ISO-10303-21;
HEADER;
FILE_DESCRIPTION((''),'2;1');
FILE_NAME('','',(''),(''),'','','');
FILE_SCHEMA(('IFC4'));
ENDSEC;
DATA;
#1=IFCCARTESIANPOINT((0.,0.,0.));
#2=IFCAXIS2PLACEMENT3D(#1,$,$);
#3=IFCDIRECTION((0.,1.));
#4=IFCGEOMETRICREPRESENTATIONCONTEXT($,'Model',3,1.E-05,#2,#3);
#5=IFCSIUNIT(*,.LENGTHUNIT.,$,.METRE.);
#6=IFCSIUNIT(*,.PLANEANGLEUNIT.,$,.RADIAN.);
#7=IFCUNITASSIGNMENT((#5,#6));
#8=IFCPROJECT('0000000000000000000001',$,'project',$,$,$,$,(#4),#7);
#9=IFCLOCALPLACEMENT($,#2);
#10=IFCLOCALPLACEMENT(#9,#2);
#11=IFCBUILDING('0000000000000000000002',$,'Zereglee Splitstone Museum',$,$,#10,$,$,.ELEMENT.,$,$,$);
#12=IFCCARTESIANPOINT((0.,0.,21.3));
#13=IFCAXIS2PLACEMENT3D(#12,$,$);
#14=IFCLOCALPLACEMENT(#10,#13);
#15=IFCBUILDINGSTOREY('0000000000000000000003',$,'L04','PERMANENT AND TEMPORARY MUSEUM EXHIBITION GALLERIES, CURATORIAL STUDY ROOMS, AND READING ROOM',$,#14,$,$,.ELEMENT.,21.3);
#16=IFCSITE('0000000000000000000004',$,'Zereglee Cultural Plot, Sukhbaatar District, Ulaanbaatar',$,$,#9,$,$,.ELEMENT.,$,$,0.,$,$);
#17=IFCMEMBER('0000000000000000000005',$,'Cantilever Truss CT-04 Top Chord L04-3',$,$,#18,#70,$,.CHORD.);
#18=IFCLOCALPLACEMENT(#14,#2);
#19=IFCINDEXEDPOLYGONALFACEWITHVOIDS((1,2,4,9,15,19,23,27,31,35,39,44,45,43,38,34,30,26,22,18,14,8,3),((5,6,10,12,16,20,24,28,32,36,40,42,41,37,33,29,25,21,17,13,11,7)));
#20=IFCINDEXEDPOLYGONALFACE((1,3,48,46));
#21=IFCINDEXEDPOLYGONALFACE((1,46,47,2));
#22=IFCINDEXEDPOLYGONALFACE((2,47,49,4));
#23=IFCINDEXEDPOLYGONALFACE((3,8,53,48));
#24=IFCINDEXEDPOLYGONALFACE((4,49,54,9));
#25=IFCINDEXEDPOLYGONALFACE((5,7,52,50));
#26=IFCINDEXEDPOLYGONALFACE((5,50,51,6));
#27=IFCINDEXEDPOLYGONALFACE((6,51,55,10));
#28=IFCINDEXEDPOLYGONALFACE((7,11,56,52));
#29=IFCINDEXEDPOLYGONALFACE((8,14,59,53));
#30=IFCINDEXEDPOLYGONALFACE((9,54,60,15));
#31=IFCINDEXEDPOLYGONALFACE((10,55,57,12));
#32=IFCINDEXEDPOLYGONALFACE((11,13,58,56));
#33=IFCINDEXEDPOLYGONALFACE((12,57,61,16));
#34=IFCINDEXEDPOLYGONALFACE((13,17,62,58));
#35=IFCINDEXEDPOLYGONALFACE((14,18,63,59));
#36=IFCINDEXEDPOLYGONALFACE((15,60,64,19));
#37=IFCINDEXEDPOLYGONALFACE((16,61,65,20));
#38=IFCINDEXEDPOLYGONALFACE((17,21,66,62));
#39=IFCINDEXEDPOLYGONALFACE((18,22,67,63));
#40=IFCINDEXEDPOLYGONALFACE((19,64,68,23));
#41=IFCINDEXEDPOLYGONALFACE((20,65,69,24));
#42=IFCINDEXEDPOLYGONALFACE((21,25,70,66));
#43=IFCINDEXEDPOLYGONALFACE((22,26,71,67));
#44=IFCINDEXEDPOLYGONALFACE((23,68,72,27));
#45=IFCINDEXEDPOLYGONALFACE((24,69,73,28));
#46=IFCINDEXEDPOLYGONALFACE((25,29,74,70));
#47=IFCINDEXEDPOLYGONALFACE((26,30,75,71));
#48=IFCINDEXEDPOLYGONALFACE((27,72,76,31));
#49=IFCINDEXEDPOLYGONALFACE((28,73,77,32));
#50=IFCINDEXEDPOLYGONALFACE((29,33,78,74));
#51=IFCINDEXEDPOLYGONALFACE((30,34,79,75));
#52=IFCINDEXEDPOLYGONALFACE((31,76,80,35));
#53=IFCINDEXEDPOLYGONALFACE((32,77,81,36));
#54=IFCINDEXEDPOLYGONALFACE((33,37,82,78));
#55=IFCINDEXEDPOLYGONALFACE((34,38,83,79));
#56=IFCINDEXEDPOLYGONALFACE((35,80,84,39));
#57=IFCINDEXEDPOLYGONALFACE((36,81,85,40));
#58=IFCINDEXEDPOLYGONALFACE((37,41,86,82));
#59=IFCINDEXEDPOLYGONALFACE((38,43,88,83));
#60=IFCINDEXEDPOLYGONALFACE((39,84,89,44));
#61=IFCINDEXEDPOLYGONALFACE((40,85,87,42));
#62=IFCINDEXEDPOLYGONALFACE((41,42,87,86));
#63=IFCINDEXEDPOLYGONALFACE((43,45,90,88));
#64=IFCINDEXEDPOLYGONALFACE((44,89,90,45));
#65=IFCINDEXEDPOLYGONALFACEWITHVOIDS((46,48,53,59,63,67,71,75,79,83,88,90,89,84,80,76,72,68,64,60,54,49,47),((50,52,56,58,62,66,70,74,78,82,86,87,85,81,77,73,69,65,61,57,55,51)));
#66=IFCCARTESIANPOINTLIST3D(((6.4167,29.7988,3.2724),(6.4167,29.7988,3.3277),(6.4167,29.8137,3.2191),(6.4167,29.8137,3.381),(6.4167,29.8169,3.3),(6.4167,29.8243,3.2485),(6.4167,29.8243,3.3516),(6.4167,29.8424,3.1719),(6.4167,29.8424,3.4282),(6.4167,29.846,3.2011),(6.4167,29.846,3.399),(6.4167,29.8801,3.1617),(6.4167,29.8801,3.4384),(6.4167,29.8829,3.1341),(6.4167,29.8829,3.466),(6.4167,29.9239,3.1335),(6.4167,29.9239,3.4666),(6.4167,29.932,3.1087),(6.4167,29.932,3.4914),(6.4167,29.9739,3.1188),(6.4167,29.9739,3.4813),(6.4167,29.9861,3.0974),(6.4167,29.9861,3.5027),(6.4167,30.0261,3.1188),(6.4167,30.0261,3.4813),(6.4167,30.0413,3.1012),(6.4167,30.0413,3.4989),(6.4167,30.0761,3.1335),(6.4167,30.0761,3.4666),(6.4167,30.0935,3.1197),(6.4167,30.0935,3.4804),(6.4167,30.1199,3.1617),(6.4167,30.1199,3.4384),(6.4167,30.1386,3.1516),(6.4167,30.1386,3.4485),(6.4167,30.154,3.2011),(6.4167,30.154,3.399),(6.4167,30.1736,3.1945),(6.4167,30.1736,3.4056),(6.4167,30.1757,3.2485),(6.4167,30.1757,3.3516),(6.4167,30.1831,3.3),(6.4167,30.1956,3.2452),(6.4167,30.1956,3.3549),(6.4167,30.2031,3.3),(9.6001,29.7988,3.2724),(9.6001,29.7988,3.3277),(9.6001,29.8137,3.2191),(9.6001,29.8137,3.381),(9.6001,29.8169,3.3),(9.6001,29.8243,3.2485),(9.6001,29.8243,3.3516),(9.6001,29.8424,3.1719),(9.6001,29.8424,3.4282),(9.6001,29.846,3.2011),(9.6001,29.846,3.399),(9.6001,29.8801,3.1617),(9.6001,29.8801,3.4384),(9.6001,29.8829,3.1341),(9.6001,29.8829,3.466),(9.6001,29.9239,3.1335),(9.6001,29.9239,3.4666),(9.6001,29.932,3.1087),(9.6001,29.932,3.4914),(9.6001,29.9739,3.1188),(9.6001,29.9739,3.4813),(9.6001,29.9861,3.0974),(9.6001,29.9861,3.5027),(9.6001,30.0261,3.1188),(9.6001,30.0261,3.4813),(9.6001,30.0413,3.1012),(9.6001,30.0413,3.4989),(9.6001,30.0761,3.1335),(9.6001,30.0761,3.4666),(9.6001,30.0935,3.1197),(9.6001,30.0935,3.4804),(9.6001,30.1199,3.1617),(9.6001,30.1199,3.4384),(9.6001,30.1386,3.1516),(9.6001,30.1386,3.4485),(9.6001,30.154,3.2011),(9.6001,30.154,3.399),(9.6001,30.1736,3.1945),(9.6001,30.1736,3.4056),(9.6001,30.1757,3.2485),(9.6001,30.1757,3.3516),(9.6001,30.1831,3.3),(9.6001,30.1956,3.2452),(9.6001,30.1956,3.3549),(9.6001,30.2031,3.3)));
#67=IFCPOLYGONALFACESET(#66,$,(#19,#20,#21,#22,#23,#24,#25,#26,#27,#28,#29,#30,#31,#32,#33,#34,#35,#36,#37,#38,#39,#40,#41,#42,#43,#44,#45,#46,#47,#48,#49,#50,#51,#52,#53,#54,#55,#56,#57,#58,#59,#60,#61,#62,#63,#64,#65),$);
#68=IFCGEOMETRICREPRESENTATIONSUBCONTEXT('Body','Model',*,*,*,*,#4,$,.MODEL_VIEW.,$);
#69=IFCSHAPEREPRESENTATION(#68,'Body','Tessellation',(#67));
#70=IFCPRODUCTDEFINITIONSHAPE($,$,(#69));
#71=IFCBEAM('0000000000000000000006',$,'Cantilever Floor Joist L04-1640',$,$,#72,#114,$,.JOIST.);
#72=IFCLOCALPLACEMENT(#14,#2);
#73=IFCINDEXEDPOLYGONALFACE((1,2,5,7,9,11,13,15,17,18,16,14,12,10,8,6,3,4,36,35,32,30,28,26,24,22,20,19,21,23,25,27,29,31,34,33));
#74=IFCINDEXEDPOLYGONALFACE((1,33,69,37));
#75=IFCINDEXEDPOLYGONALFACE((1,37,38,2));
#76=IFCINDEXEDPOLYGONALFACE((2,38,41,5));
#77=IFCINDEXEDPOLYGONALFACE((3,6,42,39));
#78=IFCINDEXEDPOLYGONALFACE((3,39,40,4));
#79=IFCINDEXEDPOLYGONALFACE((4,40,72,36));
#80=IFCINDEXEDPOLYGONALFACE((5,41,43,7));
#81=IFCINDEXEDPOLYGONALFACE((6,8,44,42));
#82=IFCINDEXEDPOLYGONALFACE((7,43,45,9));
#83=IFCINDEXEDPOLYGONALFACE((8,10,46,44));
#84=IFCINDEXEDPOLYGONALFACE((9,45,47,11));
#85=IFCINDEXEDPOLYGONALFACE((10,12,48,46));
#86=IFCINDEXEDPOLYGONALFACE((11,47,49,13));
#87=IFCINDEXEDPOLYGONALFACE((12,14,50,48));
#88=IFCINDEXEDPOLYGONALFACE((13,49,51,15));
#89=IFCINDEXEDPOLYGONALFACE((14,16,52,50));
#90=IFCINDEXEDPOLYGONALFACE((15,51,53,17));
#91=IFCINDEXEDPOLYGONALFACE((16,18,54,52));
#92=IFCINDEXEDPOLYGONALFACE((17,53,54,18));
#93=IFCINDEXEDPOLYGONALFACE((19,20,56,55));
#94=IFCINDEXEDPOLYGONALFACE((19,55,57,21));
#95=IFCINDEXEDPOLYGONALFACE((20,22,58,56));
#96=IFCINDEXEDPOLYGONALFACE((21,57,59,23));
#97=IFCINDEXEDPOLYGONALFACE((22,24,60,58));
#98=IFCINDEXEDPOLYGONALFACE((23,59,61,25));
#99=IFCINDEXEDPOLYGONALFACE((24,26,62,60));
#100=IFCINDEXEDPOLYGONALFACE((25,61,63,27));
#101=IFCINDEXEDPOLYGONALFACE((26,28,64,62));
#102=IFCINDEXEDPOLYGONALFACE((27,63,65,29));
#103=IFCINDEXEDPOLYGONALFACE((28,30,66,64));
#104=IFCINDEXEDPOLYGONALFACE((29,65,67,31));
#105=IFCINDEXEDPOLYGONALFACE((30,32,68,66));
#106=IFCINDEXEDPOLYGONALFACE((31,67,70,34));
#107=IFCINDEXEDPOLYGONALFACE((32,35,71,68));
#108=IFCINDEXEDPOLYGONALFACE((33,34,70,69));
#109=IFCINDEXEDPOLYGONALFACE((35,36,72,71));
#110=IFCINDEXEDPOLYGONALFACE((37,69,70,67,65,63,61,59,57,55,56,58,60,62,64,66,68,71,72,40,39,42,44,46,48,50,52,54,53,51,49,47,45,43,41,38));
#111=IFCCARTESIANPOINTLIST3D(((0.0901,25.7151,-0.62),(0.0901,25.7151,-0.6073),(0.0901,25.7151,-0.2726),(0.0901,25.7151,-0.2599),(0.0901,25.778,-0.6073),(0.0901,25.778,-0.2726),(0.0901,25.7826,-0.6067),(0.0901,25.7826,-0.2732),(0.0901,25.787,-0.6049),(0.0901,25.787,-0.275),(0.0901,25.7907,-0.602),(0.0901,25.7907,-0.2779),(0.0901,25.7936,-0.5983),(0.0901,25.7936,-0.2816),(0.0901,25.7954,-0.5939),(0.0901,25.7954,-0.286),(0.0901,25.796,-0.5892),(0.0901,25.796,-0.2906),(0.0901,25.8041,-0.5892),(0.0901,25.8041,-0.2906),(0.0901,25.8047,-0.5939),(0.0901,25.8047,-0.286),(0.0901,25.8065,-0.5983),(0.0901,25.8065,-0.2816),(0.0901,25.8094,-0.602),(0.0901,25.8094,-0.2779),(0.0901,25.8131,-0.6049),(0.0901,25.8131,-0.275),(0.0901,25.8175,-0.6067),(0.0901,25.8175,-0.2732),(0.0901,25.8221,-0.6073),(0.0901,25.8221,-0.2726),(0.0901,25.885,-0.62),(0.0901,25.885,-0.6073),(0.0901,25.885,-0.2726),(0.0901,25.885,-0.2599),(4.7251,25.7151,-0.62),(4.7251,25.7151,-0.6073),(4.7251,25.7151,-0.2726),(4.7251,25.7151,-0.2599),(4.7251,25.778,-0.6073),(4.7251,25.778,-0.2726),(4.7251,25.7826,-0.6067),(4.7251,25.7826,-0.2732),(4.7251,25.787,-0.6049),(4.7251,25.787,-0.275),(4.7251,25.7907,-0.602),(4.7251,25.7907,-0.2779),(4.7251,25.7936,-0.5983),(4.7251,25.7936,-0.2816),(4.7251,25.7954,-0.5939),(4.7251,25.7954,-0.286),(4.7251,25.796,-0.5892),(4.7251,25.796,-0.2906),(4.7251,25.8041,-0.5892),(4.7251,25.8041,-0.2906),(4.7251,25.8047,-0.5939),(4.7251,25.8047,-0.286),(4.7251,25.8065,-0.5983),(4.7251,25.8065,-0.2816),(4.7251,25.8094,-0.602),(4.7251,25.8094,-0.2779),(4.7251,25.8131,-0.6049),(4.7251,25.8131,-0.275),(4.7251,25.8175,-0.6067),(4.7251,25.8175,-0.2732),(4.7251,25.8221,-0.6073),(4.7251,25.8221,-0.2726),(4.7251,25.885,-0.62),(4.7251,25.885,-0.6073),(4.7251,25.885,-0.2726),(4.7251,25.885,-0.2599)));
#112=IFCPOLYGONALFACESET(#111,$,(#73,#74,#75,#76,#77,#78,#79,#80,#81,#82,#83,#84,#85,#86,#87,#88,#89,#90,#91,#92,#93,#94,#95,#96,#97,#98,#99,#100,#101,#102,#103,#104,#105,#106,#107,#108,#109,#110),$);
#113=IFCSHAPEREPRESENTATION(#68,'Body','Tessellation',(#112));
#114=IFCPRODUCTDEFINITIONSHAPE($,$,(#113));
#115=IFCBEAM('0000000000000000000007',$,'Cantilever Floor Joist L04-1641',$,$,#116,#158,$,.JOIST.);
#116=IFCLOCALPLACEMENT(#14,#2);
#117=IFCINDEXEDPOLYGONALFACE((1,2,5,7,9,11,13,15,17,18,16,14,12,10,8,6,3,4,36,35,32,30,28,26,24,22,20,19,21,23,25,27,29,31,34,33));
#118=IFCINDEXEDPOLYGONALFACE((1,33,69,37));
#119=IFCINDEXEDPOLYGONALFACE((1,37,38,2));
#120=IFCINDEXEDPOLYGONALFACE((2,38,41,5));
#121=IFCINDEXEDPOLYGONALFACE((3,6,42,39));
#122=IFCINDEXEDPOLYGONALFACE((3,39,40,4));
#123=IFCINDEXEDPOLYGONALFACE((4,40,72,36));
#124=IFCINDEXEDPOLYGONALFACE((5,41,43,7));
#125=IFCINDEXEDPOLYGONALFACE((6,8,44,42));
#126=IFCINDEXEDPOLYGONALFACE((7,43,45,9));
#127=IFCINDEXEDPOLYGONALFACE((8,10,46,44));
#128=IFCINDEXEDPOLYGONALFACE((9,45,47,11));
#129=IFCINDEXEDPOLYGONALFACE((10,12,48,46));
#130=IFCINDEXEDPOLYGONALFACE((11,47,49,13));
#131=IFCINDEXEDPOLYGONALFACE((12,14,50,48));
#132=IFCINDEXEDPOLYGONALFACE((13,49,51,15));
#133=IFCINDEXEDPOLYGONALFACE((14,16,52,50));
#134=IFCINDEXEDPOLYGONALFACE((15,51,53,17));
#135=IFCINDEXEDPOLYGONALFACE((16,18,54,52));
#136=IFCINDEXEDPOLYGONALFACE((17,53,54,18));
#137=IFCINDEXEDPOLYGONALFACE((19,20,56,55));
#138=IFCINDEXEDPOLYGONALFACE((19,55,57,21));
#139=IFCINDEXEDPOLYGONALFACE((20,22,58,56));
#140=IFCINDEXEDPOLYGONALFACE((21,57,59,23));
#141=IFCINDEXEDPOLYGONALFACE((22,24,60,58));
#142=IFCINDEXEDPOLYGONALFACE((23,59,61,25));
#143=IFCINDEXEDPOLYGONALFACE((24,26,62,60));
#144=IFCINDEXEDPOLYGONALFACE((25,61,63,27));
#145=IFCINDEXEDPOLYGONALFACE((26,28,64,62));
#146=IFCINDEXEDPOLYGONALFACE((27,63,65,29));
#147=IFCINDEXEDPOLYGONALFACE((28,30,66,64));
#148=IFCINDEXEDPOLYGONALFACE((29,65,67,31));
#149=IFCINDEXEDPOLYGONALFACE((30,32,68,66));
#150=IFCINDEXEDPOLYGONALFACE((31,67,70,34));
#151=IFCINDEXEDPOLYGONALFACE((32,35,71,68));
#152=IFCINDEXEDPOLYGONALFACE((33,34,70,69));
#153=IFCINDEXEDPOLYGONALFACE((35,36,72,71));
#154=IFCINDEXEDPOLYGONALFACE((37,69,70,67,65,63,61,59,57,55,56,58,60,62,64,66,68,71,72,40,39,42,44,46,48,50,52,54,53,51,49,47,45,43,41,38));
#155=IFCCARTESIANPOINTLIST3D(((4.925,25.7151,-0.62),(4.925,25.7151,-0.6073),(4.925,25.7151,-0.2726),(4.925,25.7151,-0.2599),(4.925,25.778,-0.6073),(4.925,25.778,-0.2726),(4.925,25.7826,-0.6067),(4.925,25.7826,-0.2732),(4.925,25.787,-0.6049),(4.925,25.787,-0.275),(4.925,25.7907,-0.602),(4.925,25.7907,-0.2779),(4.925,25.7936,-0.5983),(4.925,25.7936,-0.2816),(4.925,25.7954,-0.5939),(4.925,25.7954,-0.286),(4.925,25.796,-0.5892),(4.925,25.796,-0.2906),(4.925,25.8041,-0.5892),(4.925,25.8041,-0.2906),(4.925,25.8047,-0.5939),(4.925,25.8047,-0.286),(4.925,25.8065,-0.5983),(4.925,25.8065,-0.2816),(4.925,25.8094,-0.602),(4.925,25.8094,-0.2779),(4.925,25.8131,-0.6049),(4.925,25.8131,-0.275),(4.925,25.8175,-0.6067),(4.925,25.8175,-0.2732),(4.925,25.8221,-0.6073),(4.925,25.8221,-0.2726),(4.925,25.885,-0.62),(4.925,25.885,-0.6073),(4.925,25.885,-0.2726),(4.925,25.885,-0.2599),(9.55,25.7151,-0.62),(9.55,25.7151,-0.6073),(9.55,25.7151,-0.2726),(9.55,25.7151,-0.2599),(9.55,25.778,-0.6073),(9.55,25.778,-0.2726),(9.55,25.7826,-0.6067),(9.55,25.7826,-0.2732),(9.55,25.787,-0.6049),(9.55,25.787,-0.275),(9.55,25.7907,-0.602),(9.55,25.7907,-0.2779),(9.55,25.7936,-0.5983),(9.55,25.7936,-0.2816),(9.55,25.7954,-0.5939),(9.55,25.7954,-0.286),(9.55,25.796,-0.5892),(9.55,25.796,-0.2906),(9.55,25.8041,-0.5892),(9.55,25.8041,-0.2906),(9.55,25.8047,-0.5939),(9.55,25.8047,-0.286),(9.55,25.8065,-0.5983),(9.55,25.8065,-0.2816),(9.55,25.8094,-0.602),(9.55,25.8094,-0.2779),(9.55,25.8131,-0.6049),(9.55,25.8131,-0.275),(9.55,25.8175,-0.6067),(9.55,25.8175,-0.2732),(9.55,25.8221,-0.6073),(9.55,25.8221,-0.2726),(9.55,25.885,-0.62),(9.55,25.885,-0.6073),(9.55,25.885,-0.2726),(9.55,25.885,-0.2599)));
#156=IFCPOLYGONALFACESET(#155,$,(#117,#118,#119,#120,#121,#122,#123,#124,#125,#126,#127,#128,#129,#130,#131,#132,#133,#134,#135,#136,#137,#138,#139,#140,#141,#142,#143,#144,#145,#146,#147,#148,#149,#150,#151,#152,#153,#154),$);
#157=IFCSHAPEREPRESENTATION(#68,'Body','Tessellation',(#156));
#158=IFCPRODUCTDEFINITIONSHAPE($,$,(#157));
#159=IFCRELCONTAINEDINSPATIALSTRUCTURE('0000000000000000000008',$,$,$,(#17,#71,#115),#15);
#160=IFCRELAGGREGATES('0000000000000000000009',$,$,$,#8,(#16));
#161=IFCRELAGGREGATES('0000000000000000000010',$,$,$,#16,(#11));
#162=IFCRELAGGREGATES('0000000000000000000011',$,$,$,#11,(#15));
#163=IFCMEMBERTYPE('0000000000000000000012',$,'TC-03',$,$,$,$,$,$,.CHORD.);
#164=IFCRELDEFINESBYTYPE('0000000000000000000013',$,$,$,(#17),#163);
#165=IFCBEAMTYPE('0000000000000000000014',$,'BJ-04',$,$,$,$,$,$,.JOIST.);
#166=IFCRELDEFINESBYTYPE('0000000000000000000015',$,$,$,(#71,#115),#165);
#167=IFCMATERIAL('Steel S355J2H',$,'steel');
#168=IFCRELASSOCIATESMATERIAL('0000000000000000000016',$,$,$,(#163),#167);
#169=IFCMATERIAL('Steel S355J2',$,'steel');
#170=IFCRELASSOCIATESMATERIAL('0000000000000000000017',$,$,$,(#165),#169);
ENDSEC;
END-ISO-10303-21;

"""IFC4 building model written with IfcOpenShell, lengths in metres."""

from ifc_helpers import new_model, si_unit, direction, frame, origin, origin_2d, place, context, subcontext, project, spatial, hollow_circle, i_section, extrude, material, material_profile, profile_set, type_object, element, save


model = new_model("IFC4")

# Units and contexts
model_context = context("Model", 3, precision=1e-05, world=origin(), true_north=direction((0.0, 1.0)))
body_context = subcontext(model_context, "Body", "Model", "MODEL_VIEW")
ifc_project = project(units=[si_unit("LENGTHUNIT", "METRE"), si_unit("PLANEANGLEUNIT", "RADIAN")], contexts=[model_context])

# Site, building, storey
site_placement = place(None, origin())
site = spatial("IfcSite", under=ifc_project, at=site_placement, Name="Zereglee Cultural Plot, Sukhbaatar District, Ulaanbaatar", CompositionType="ELEMENT", RefElevation=0.0)
building_placement = place(site_placement, origin())
building = spatial("IfcBuilding", under=site, at=building_placement, Name="Zereglee Splitstone Museum", CompositionType="ELEMENT")
storey_placement = place(building_placement, frame((0.0, 0.0, 21.3)))
storey = spatial("IfcBuildingStorey", under=building, at=storey_placement, Name="L04", Description="PERMANENT AND TEMPORARY MUSEUM EXHIBITION GALLERIES, CURATORIAL STUDY ROOMS, AND READING ROOM", CompositionType="ELEMENT", Elevation=21.3)

# Member
ifc_material_1 = material(Name="Steel S355J2H", Category="steel")
ifc_material_profile_1 = material_profile(ifc_material_1, hollow_circle(Radius=0.2031, WallThickness=0.02, at=origin_2d()), Name="CHS 406.4x20")
ifc_profile_set_1 = profile_set([ifc_material_profile_1], Name="Steel S355J2H")
member_type_1 = type_object("IfcMemberType", Name="TC-03", PredefinedType="CHORD", material=ifc_profile_set_1)
for number, where, z_axis, x_axis, name in (
    (1, (6.4167, 30.0, 3.3), (1.0, 0.0, 0.0), (0.0, 1.0, 0.0), "Cantilever Truss CT-04 Top Chord L04-3"),
):
    element("IfcMember", number, at=place(storey_placement, frame(where, z_axis=z_axis, x_axis=x_axis)), inside=storey, type_object=member_type_1, Name=name, PredefinedType="CHORD", context=body_context, shape_type="SweptSolid", body=[
        extrude(hollow_circle(Radius=0.2031, WallThickness=0.02, at=origin_2d()), origin(), (0.0, 0.0, 1.0), 3.1833),
    ])

# Beams
ifc_material_2 = material(Name="Steel S355J2", Category="steel")
ifc_material_profile_2 = material_profile(ifc_material_2, i_section(OverallWidth=0.1699, OverallDepth=0.3601, WebThickness=0.0081, FlangeThickness=0.0127, FilletRadius=0.0181, at=origin_2d()), Name="IPE 360")
ifc_profile_set_2 = profile_set([ifc_material_profile_2], Name="Steel S355J2")
beam_type = type_object("IfcBeamType", Name="BJ-04", PredefinedType="JOIST", material=ifc_profile_set_2)
beam_1_placement = place(storey_placement, frame((0.0901, 25.8, -0.4399), z_axis=(1.0, 0.0, 0.0), x_axis=(0.0, 1.0, 0.0)))
element("IfcBeam", 2, at=beam_1_placement, inside=storey, type_object=beam_type, Name="Cantilever Floor Joist L04-1640", PredefinedType="JOIST", context=body_context, shape_type="SweptSolid", body=[
    extrude(i_section(OverallWidth=0.1699, OverallDepth=0.3601, WebThickness=0.0081, FlangeThickness=0.0127, FilletRadius=0.0181, at=origin_2d()), origin(), (0.0, 0.0, 1.0), 4.635),
])
beam_2_placement = place(storey_placement, frame((4.925, 25.8, -0.4399), z_axis=(1.0, 0.0, 0.0), x_axis=(0.0, 1.0, 0.0)))
element("IfcBeam", 3, at=beam_2_placement, inside=storey, type_object=beam_type, Name="Cantilever Floor Joist L04-1641", PredefinedType="JOIST", context=body_context, shape_type="SweptSolid", body=[
    extrude(i_section(OverallWidth=0.1699, OverallDepth=0.3601, WebThickness=0.0081, FlangeThickness=0.0127, FilletRadius=0.0181, at=origin_2d()), origin(), (0.0, 0.0, 1.0), 4.625),
])

save(model, "model.ifc")
